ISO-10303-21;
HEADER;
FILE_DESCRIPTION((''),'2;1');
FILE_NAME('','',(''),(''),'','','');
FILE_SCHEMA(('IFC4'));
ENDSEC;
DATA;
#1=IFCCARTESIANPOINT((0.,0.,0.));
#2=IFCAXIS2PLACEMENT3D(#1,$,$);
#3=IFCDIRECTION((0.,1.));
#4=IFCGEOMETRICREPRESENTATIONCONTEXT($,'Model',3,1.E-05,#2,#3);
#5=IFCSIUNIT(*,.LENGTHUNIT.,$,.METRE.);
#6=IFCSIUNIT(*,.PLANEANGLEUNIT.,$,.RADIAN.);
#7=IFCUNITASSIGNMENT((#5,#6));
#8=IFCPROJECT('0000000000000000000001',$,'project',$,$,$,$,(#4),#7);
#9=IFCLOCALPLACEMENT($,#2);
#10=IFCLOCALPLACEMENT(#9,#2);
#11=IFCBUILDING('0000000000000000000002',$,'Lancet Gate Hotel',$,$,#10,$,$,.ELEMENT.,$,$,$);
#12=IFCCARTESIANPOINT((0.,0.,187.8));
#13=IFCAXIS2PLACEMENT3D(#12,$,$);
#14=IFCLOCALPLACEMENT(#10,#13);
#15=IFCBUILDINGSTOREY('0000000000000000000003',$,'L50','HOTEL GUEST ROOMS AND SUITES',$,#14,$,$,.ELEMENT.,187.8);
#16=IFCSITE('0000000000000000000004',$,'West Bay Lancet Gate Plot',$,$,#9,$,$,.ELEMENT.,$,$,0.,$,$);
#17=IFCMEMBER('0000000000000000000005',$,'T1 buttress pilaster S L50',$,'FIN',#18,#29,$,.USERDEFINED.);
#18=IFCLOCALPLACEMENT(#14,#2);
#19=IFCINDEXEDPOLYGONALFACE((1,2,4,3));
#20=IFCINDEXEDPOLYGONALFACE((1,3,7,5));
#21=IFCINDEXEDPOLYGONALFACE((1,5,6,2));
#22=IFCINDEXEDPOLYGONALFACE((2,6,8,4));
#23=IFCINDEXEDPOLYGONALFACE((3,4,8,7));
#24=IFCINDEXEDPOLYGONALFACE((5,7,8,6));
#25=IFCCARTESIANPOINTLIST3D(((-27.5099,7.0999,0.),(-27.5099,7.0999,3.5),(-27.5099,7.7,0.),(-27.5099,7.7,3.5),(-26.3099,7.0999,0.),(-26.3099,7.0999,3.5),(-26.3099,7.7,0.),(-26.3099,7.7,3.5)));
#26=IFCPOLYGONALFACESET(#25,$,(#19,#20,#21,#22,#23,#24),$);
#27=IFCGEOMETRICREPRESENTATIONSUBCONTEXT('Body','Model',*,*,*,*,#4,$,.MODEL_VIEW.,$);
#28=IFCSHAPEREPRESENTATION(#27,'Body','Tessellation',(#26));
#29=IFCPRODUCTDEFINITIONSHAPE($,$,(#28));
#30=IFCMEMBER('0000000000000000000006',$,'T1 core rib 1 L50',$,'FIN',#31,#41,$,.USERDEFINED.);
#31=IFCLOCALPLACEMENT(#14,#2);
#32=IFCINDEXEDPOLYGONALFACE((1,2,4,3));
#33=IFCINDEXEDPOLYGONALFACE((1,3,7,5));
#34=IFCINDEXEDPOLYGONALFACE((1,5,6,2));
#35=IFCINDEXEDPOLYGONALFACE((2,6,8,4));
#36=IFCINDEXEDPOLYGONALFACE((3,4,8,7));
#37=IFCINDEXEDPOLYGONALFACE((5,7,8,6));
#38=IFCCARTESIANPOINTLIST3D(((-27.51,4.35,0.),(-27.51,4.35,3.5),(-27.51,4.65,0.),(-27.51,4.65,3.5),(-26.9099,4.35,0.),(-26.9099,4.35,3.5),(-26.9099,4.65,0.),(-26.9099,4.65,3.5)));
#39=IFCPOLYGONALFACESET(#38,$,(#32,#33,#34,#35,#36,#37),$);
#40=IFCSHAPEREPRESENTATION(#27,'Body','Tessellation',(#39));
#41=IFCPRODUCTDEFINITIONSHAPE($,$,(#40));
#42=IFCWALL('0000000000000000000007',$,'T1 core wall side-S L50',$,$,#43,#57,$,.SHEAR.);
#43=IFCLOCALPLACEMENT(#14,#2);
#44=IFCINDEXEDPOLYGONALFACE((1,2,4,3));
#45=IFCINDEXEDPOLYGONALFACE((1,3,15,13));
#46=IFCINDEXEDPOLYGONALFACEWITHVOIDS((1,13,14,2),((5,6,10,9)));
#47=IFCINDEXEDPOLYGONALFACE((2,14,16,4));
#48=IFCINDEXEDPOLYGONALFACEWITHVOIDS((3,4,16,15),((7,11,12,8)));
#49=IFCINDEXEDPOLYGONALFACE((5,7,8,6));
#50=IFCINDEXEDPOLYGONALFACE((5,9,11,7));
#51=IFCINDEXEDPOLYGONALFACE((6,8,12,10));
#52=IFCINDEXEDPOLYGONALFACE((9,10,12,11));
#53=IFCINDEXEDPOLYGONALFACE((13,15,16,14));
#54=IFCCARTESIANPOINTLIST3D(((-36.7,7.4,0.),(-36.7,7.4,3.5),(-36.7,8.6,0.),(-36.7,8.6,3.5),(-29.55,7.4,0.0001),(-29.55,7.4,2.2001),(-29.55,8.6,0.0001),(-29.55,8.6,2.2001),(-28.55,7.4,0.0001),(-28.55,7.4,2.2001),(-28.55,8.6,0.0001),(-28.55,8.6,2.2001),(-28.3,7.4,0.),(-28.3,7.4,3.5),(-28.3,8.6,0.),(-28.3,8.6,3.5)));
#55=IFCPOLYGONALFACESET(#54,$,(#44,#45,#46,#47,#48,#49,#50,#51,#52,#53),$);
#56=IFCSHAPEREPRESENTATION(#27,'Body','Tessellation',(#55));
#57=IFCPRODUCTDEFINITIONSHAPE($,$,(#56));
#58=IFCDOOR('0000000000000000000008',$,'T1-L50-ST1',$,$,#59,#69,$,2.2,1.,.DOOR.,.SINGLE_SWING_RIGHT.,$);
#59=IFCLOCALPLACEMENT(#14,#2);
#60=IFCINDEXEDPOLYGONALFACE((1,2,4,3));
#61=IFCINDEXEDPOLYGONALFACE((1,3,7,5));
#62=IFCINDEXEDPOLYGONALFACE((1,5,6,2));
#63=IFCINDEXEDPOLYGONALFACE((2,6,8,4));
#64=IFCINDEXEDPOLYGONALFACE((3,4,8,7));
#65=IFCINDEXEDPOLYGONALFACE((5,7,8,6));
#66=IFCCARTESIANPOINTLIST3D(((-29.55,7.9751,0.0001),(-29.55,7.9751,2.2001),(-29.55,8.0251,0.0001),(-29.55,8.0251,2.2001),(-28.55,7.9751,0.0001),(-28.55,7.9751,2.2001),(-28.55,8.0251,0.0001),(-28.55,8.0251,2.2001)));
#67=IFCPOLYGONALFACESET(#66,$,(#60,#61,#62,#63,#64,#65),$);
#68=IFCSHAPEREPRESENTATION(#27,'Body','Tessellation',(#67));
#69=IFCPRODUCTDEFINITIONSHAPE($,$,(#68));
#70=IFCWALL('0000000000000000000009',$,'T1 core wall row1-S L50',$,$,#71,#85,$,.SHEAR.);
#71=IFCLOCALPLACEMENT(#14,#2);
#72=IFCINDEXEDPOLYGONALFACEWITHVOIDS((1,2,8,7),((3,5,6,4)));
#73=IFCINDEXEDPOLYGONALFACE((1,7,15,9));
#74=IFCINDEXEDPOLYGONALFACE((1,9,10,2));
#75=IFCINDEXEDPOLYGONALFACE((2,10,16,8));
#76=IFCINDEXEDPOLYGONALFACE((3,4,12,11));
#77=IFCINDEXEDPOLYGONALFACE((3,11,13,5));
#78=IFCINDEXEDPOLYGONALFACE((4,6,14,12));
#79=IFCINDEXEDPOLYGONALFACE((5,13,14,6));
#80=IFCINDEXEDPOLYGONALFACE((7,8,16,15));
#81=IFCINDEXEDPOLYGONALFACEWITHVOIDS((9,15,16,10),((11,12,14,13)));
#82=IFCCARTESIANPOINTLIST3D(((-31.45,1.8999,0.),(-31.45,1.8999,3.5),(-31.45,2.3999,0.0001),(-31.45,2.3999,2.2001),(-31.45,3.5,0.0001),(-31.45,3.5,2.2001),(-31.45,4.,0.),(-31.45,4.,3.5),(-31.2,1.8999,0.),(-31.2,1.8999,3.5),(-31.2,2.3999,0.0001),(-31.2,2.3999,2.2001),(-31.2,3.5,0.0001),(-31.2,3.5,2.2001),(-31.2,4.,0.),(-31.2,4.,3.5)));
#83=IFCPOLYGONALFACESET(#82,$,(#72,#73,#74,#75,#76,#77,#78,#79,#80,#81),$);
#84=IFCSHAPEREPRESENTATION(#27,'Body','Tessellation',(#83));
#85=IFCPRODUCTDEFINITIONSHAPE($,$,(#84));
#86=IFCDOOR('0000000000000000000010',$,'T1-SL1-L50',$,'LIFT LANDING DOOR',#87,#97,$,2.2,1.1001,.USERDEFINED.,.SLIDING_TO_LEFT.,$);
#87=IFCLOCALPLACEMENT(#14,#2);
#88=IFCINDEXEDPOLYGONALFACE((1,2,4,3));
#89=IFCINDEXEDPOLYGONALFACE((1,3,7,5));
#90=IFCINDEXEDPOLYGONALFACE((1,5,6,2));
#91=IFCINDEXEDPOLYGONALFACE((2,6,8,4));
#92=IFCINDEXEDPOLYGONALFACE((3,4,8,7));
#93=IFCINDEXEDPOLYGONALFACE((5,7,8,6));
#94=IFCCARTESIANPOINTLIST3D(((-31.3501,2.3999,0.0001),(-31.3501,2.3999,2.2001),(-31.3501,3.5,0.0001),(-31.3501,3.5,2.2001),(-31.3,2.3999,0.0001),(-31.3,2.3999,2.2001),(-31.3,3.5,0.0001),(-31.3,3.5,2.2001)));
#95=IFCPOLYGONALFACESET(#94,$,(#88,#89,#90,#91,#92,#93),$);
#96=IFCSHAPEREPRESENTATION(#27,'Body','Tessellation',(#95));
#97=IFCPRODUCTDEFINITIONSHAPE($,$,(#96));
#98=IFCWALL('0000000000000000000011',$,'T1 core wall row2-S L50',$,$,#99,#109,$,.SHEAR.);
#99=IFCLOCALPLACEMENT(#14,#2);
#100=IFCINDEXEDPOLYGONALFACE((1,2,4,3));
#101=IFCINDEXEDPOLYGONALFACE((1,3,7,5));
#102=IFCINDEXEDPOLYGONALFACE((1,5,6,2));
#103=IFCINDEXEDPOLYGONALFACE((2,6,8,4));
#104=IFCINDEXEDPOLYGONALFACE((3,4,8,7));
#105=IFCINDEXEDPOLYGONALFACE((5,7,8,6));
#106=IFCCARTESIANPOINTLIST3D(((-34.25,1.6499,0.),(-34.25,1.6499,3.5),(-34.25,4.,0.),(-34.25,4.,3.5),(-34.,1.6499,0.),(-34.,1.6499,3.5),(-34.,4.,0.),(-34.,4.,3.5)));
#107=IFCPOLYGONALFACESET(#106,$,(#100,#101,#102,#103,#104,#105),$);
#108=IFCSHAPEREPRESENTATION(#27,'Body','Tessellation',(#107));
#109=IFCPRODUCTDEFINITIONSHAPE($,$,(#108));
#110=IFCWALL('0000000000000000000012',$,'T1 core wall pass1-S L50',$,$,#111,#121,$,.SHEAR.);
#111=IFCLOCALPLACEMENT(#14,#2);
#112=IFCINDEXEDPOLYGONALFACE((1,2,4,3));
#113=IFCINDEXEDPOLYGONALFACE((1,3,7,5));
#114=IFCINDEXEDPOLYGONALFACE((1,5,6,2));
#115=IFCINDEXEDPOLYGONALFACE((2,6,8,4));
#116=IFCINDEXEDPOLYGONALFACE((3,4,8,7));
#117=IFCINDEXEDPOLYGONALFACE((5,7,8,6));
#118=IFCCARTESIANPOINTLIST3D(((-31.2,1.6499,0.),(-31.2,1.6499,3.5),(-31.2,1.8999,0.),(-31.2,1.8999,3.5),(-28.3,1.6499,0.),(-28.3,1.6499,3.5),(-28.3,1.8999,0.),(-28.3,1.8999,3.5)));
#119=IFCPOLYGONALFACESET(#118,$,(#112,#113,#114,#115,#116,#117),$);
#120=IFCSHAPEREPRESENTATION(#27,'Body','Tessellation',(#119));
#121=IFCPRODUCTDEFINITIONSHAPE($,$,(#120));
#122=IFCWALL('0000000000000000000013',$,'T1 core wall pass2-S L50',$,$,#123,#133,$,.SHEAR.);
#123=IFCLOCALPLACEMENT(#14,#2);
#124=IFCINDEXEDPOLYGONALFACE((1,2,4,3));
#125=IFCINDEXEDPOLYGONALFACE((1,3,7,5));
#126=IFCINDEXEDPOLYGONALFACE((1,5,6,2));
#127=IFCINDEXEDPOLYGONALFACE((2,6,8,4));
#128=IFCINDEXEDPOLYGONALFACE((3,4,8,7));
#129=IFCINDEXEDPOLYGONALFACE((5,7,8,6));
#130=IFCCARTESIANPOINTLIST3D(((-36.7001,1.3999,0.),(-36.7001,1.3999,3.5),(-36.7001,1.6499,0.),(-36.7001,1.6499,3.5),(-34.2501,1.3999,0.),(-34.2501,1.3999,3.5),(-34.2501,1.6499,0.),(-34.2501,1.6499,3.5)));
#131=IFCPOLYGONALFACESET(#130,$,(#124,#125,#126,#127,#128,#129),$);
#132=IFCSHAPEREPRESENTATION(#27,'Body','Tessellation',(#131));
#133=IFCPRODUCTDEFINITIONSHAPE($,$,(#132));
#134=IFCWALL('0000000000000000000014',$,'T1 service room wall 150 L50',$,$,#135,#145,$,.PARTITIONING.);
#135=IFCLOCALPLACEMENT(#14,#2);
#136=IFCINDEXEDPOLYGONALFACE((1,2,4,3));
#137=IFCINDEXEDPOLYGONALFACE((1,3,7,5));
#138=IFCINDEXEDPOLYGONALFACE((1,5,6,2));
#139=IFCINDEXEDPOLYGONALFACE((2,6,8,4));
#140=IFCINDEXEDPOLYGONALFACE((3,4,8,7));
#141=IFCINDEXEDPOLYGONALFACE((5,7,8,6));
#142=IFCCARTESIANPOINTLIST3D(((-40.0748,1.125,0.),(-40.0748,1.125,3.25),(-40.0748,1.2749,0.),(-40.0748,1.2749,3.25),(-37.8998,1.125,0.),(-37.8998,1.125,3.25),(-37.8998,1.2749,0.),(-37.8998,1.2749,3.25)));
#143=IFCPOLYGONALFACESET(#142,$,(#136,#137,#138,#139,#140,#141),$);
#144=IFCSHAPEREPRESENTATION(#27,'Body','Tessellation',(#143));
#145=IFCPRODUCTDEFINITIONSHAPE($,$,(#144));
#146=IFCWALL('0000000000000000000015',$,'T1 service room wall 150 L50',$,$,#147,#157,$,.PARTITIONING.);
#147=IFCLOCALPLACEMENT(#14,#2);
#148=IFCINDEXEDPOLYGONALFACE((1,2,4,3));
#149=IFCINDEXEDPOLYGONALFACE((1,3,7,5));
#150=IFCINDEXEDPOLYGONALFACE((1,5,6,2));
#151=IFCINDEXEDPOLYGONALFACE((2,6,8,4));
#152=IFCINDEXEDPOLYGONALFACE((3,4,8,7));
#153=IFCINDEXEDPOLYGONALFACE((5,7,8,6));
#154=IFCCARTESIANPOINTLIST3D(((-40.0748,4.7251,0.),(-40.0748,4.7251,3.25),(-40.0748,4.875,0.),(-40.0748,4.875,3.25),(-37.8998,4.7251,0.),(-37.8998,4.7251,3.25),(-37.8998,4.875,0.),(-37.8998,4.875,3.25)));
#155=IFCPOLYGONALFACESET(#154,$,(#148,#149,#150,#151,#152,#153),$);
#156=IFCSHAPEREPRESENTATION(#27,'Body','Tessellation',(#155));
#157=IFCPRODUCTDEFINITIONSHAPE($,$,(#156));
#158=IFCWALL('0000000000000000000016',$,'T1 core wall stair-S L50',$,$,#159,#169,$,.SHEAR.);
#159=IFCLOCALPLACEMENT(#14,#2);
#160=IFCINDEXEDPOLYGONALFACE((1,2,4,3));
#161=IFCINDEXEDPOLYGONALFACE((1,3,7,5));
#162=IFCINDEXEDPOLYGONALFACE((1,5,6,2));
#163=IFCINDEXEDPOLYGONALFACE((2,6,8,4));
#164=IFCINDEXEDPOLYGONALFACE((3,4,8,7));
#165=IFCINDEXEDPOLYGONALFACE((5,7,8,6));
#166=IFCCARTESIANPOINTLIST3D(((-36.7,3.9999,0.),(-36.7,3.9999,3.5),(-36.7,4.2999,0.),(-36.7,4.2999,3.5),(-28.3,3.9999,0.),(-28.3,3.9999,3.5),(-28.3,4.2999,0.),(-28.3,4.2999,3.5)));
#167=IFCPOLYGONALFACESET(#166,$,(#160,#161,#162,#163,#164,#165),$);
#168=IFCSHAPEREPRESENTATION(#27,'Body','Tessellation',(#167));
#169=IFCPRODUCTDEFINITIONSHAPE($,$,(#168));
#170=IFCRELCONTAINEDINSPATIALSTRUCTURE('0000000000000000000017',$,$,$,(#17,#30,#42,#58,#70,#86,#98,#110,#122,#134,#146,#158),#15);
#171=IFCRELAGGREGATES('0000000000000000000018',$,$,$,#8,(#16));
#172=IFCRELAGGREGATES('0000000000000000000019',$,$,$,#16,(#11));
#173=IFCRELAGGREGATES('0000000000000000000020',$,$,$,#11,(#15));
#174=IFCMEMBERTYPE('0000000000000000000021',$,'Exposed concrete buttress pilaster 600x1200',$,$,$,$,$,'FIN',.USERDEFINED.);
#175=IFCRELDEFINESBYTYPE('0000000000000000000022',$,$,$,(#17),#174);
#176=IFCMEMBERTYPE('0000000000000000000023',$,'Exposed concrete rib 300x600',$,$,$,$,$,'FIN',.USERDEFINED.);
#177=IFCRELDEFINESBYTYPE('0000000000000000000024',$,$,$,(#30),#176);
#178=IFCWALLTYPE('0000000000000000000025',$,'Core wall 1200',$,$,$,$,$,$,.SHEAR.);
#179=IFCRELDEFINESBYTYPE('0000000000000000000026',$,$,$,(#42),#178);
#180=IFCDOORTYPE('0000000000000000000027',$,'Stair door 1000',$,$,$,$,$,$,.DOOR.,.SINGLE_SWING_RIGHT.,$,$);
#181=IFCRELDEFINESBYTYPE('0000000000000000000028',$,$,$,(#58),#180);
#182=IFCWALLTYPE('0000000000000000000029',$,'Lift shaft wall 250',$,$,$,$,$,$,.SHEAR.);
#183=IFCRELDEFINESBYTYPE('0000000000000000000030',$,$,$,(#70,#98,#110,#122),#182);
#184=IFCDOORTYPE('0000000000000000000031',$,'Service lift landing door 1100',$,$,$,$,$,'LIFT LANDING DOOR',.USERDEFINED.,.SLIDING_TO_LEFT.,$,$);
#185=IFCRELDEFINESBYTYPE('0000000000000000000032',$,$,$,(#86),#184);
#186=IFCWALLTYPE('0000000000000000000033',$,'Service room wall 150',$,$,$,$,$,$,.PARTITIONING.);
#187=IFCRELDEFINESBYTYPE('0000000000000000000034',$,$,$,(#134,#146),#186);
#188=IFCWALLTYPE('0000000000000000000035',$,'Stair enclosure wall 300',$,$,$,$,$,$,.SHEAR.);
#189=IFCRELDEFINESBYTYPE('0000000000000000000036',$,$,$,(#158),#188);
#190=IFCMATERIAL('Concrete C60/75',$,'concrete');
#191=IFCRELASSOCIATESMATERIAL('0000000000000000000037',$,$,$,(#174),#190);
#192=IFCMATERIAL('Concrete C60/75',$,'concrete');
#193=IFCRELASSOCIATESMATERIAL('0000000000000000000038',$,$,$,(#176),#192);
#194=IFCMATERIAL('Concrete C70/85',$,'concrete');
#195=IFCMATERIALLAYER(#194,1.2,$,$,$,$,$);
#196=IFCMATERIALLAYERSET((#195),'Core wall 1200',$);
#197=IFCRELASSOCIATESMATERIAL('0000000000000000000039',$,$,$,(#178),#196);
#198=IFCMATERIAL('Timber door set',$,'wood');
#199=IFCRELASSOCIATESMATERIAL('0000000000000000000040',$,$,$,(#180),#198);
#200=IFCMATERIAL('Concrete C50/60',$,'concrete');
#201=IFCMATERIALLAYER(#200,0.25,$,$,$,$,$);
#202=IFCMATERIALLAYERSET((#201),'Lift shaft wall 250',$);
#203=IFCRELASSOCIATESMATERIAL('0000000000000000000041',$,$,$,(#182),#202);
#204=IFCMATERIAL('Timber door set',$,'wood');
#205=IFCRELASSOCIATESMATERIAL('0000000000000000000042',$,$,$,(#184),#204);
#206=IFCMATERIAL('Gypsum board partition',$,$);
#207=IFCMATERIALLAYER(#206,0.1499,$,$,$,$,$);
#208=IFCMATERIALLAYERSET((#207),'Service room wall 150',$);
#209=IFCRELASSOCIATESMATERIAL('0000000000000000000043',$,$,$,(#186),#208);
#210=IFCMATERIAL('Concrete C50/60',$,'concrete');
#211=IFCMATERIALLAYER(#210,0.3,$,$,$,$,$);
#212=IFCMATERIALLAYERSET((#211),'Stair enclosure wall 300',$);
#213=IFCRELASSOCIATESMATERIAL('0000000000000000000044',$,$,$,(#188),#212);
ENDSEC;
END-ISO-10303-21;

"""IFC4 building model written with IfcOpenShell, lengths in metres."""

from ifc_helpers import new_model, si_unit, direction, frame, frame_2d, origin, origin_2d, place, context, subcontext, project, spatial, rectangle, extrude, material, layer, layer_set, material_profile, profile_set, type_object, element, fill, save


model = new_model("IFC4")

# Units and contexts
model_context = context("Model", 3, precision=1e-05, world=origin(), true_north=direction((0.0, 1.0)))
body_context = subcontext(model_context, "Body", "Model", "MODEL_VIEW")
ifc_project = project(units=[si_unit("LENGTHUNIT", "METRE"), si_unit("PLANEANGLEUNIT", "RADIAN")], contexts=[model_context])

# Site, building, storey
site_placement = place(None, origin())
site = spatial("IfcSite", under=ifc_project, at=site_placement, Name="West Bay Lancet Gate Plot", CompositionType="ELEMENT", RefElevation=0.0)
building_placement = place(site_placement, origin())
building = spatial("IfcBuilding", under=site, at=building_placement, Name="Lancet Gate Hotel", CompositionType="ELEMENT")
storey_placement = place(building_placement, frame((0.0, 0.0, 187.8)))
storey = spatial("IfcBuildingStorey", under=building, at=storey_placement, Name="L50", Description="HOTEL GUEST ROOMS AND SUITES", CompositionType="ELEMENT", Elevation=187.8)

# Members
ifc_material_1 = material(Name="Concrete C60/75", Category="concrete")
ifc_material_profile_1 = material_profile(ifc_material_1, rectangle(XDim=0.6001, YDim=1.2, at=origin_2d()), Name="FIN 600x1200")
ifc_profile_set_1 = profile_set([ifc_material_profile_1], Name="Concrete C60/75")
member_type_1 = type_object("IfcMemberType", Name="Exposed concrete buttress pilaster 600x1200", ElementType="FIN", PredefinedType="USERDEFINED", material=ifc_profile_set_1)
member_1_placement = place(storey_placement, frame((-26.9099, 7.3999, 0.0), z_axis=(0.0, 0.0, 1.0), x_axis=(0.0, 1.0, 0.0)))
element("IfcMember", 1, at=member_1_placement, inside=storey, type_object=member_type_1, Name="T1 buttress pilaster S L50", ObjectType="FIN", PredefinedType="USERDEFINED", context=body_context, shape_type="SweptSolid", body=[
    extrude(rectangle(XDim=0.6001, YDim=1.2, at=origin_2d()), origin(), (0.0, 0.0, 1.0), 3.5),
])
ifc_material_2 = material(Name="Concrete C60/75", Category="concrete")
ifc_material_profile_2 = material_profile(ifc_material_2, rectangle(XDim=0.3, YDim=0.6001, at=origin_2d()), Name="FIN 300x600")
ifc_profile_set_2 = profile_set([ifc_material_profile_2], Name="Concrete C60/75")
member_type_2 = type_object("IfcMemberType", Name="Exposed concrete rib 300x600", ElementType="FIN", PredefinedType="USERDEFINED", material=ifc_profile_set_2)
member_2_placement = place(storey_placement, frame((-27.21, 4.5, 0.0), z_axis=(0.0, 0.0, 1.0), x_axis=(0.0, 1.0, 0.0)))
element("IfcMember", 2, at=member_2_placement, inside=storey, type_object=member_type_2, Name="T1 core rib 1 L50", ObjectType="FIN", PredefinedType="USERDEFINED", context=body_context, shape_type="SweptSolid", body=[
    extrude(rectangle(XDim=0.3, YDim=0.6001, at=origin_2d()), origin(), (0.0, 0.0, 1.0), 3.5),
])

# Walls, openings, doors
ifc_material_3 = material(Name="Concrete C70/85", Category="concrete")
ifc_layer_1 = layer(ifc_material_3, 1.2)
ifc_layer_set_1 = layer_set([ifc_layer_1], Name="Core wall 1200")
wall_type_1 = type_object("IfcWallType", Name="Core wall 1200", PredefinedType="SHEAR", material=ifc_layer_set_1)
wall_1_placement = place(storey_placement, frame((-28.3, 8.0, 0.0), z_axis=(0.0, 0.0, 1.0), x_axis=(-1.0, 0.0, 0.0)))
wall_1 = element("IfcWall", 3, at=wall_1_placement, inside=storey, type_object=wall_type_1, Name="T1 core wall side-S L50", PredefinedType="SHEAR", context=body_context, shape_type="SweptSolid", body=[
    extrude(rectangle(XDim=8.3999, YDim=1.2, at=frame_2d((4.2, 0.0))), origin(), (0.0, 0.0, 1.0), 3.5),
])
opening_1_placement = place(wall_1_placement, frame((0.25, 0.0, 0.0)))
opening_1 = element("IfcOpeningElement", 4, at=opening_1_placement, cuts=wall_1, PredefinedType="OPENING", context=body_context, shape_type="SweptSolid", body=[
    extrude(rectangle(XDim=1.0, YDim=2.2, at=frame_2d((0.5, 1.1001))), frame((0.0, 0.6099, 0.0), z_axis=(0.0, -1.0, 0.0), x_axis=(1.0, 0.0, 0.0)), (0.0, 0.0, 1.0), 1.22),
])
ifc_material_4 = material(Name="Timber door set", Category="wood")
door_type_1 = type_object("IfcDoorType", Name="Stair door 1000", OperationType="SINGLE_SWING_RIGHT", PredefinedType="DOOR", material=ifc_material_4)
door_1_placement = place(opening_1_placement, origin())
door_1 = element("IfcDoor", 5, at=door_1_placement, inside=storey, type_object=door_type_1, Name="T1-L50-ST1", OperationType="SINGLE_SWING_RIGHT", OverallHeight=2.2, OverallWidth=1.0, PredefinedType="DOOR", context=body_context, shape_type="SweptSolid", body=[
    extrude(rectangle(XDim=1.0, YDim=2.2, at=frame_2d((0.5, 1.1001))), frame((0.0, 0.0249, 0.0), z_axis=(0.0, -1.0, 0.0), x_axis=(1.0, 0.0, 0.0)), (0.0, 0.0, 1.0), 0.05),
])
fill(opening_1, door_1)
ifc_material_5 = material(Name="Concrete C50/60", Category="concrete")
ifc_layer_2 = layer(ifc_material_5, 0.25)
ifc_layer_set_2 = layer_set([ifc_layer_2], Name="Lift shaft wall 250")
wall_type_2 = type_object("IfcWallType", Name="Lift shaft wall 250", PredefinedType="SHEAR", material=ifc_layer_set_2)
wall_2_placement = place(storey_placement, frame((-31.325, 4.0, 0.0), z_axis=(0.0, 0.0, 1.0), x_axis=(0.0, -1.0, 0.0)))
wall_2 = element("IfcWall", 6, at=wall_2_placement, inside=storey, type_object=wall_type_2, Name="T1 core wall row1-S L50", PredefinedType="SHEAR", context=body_context, shape_type="SweptSolid", body=[
    extrude(rectangle(XDim=2.1001, YDim=0.25, at=frame_2d((1.05, 0.0))), origin(), (0.0, 0.0, 1.0), 3.5),
])
opening_2_placement = place(wall_2_placement, frame((0.5, 0.0, 0.0)))
opening_2 = element("IfcOpeningElement", 7, at=opening_2_placement, cuts=wall_2, PredefinedType="OPENING", context=body_context, shape_type="SweptSolid", body=[
    extrude(rectangle(XDim=1.1001, YDim=2.2, at=frame_2d((0.55, 1.1001))), frame((0.0, 0.135, 0.0), z_axis=(0.0, -1.0, 0.0), x_axis=(1.0, 0.0, 0.0)), (0.0, 0.0, 1.0), 0.27),
])
ifc_material_6 = material(Name="Timber door set", Category="wood")
door_type_2 = type_object("IfcDoorType", Name="Service lift landing door 1100", ElementType="LIFT LANDING DOOR", OperationType="SLIDING_TO_LEFT", PredefinedType="USERDEFINED", material=ifc_material_6)
door_2_placement = place(opening_2_placement, origin())
door_2 = element("IfcDoor", 8, at=door_2_placement, inside=storey, type_object=door_type_2, Name="T1-SL1-L50", ObjectType="LIFT LANDING DOOR", OperationType="SLIDING_TO_LEFT", OverallHeight=2.2, OverallWidth=1.1001, PredefinedType="USERDEFINED", context=body_context, shape_type="SweptSolid", body=[
    extrude(rectangle(XDim=1.1001, YDim=2.2, at=frame_2d((0.55, 1.1001))), frame((0.0, 0.0249, 0.0), z_axis=(0.0, -1.0, 0.0), x_axis=(1.0, 0.0, 0.0)), (0.0, 0.0, 1.0), 0.05),
])
fill(opening_2, door_2)

# Walls
wall_3_placement = place(storey_placement, frame((-34.125, 4.0, 0.0), z_axis=(0.0, 0.0, 1.0), x_axis=(0.0, -1.0, 0.0)))
element("IfcWall", 9, at=wall_3_placement, inside=storey, type_object=wall_type_2, Name="T1 core wall row2-S L50", PredefinedType="SHEAR", context=body_context, shape_type="SweptSolid", body=[
    extrude(rectangle(XDim=2.3501, YDim=0.25, at=frame_2d((1.175, 0.0))), origin(), (0.0, 0.0, 1.0), 3.5),
])
wall_4_placement = place(storey_placement, frame((-28.3, 1.7749, 0.0), z_axis=(0.0, 0.0, 1.0), x_axis=(-1.0, 0.0, 0.0)))
element("IfcWall", 10, at=wall_4_placement, inside=storey, type_object=wall_type_2, Name="T1 core wall pass1-S L50", PredefinedType="SHEAR", context=body_context, shape_type="SweptSolid", body=[
    extrude(rectangle(XDim=2.8999, YDim=0.25, at=frame_2d((1.45, 0.0))), origin(), (0.0, 0.0, 1.0), 3.5),
])
wall_5_placement = place(storey_placement, frame((-34.25, 1.5249, 0.0), z_axis=(0.0, 0.0, 1.0), x_axis=(-1.0, 0.0, 0.0)))
element("IfcWall", 11, at=wall_5_placement, inside=storey, type_object=wall_type_2, Name="T1 core wall pass2-S L50", PredefinedType="SHEAR", context=body_context, shape_type="SweptSolid", body=[
    extrude(rectangle(XDim=2.45, YDim=0.25, at=frame_2d((1.2251, 0.0))), origin(), (0.0, 0.0, 1.0), 3.5),
])
ifc_material_7 = material(Name="Gypsum board partition")
ifc_layer_3 = layer(ifc_material_7, 0.1499)
ifc_layer_set_3 = layer_set([ifc_layer_3], Name="Service room wall 150")
wall_type_3 = type_object("IfcWallType", Name="Service room wall 150", PredefinedType="PARTITIONING", material=ifc_layer_set_3)
for number, where, z_axis, x_axis, name in (
    (12, (-37.8999, 1.2, 0.0), (0.0, 0.0, 1.0), (-1.0, 0.0, 0.0), "T1 service room wall 150 L50"),
    (13, (-37.8999, 4.8, 0.0), (0.0, 0.0, 1.0), (-1.0, 0.0, 0.0), "T1 service room wall 150 L50"),
):
    element("IfcWall", number, at=place(storey_placement, frame(where, z_axis=z_axis, x_axis=x_axis)), inside=storey, type_object=wall_type_3, Name=name, PredefinedType="PARTITIONING", context=body_context, shape_type="SweptSolid", body=[
        extrude(rectangle(XDim=2.175, YDim=0.1499, at=frame_2d((1.0874, 0.0))), origin(), (0.0, 0.0, 1.0), 3.25),
    ])
ifc_material_8 = material(Name="Concrete C50/60", Category="concrete")
ifc_layer_4 = layer(ifc_material_8, 0.3)
ifc_layer_set_4 = layer_set([ifc_layer_4], Name="Stair enclosure wall 300")
wall_type_4 = type_object("IfcWallType", Name="Stair enclosure wall 300", PredefinedType="SHEAR", material=ifc_layer_set_4)
wall_6_placement = place(storey_placement, frame((-28.3, 4.1499, 0.0), z_axis=(0.0, 0.0, 1.0), x_axis=(-1.0, 0.0, 0.0)))
element("IfcWall", 14, at=wall_6_placement, inside=storey, type_object=wall_type_4, Name="T1 core wall stair-S L50", PredefinedType="SHEAR", context=body_context, shape_type="SweptSolid", body=[
    extrude(rectangle(XDim=8.3999, YDim=0.3, at=frame_2d((4.2, 0.0))), origin(), (0.0, 0.0, 1.0), 3.5),
])

save(model, "model.ifc")
